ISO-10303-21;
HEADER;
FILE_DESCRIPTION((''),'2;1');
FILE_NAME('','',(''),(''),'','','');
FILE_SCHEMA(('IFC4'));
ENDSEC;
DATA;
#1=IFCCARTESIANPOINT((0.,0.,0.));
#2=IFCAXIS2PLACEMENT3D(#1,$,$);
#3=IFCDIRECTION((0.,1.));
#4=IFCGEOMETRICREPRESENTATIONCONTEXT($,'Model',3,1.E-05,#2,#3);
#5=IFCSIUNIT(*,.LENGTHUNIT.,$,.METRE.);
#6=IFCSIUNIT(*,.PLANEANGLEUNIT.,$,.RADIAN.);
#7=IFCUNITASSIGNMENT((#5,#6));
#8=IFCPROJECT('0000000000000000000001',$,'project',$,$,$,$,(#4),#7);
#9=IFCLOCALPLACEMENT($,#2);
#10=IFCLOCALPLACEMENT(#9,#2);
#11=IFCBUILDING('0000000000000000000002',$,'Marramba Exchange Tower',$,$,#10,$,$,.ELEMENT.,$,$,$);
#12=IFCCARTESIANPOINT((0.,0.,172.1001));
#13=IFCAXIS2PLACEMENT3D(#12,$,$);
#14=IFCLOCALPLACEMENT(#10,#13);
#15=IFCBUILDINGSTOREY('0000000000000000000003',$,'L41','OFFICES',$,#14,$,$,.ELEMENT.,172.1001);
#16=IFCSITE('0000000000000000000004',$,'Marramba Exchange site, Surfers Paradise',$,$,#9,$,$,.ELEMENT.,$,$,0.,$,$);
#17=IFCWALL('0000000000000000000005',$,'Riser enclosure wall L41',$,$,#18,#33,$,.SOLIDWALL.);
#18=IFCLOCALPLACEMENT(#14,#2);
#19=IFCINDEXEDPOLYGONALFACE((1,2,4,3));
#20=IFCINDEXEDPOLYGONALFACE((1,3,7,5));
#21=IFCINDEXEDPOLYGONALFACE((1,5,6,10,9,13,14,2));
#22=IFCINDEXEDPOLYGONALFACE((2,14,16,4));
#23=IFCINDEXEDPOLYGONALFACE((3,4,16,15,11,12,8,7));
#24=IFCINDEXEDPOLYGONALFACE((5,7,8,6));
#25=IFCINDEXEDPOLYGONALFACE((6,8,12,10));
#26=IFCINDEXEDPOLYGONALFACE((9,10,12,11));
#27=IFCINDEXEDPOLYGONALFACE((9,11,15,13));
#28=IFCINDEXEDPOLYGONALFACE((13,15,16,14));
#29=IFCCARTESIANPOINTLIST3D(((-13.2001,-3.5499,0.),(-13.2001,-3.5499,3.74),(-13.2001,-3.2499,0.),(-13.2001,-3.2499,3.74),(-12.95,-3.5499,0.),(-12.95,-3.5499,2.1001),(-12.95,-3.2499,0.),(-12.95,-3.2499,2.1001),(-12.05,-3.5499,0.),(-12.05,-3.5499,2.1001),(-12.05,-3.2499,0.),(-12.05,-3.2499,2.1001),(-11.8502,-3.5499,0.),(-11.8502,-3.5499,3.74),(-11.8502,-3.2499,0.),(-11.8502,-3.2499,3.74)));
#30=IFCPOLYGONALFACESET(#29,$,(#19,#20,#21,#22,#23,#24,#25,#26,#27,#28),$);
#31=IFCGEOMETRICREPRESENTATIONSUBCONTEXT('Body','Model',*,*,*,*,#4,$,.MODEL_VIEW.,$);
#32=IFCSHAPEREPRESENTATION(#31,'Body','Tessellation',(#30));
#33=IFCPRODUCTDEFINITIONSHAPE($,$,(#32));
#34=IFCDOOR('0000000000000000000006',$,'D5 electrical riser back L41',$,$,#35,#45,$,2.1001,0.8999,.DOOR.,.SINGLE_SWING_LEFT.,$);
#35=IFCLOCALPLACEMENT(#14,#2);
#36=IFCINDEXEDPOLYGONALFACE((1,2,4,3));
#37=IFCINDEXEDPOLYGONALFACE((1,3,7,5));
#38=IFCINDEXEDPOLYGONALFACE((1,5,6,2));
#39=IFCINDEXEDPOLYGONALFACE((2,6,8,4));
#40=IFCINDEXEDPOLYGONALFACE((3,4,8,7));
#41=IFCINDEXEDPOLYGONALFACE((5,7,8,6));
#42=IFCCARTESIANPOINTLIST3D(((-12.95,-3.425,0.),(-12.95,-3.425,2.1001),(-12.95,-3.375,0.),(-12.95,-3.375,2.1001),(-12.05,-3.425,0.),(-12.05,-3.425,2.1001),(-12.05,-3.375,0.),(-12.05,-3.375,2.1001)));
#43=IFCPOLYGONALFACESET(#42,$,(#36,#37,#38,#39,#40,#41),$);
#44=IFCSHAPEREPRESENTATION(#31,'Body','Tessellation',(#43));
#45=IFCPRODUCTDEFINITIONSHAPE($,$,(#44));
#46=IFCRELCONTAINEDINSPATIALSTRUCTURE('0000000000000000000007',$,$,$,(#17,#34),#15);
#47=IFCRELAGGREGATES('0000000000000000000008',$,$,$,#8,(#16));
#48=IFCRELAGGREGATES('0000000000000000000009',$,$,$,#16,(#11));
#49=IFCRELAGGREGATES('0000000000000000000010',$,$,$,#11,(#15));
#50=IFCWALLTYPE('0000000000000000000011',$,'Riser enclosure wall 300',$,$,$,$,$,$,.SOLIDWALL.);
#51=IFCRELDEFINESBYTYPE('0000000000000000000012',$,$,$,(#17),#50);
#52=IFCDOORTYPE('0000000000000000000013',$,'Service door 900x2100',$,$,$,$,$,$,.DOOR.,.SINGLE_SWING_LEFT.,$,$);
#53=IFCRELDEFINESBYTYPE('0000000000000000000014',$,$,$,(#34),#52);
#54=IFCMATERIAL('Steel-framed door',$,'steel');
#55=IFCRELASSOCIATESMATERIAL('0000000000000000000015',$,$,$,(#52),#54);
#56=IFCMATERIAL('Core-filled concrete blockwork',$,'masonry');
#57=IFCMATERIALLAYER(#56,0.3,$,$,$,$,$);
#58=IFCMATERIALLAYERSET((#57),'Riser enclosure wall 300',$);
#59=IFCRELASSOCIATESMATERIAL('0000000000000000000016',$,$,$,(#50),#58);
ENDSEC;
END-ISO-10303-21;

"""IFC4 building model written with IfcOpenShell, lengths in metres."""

from ifc_helpers import new_model, si_unit, direction, frame, frame_2d, origin, place, context, subcontext, project, spatial, rectangle, extrude, material, layer, layer_set, type_object, element, fill, save


model = new_model("IFC4")

# Units and contexts
model_context = context("Model", 3, precision=1e-05, world=origin(), true_north=direction((0.0, 1.0)))
body_context = subcontext(model_context, "Body", "Model", "MODEL_VIEW")
ifc_project = project(units=[si_unit("LENGTHUNIT", "METRE"), si_unit("PLANEANGLEUNIT", "RADIAN")], contexts=[model_context])

# Site, building, storey
site_placement = place(None, origin())
site = spatial("IfcSite", under=ifc_project, at=site_placement, Name="Marramba Exchange site, Surfers Paradise", CompositionType="ELEMENT", RefElevation=0.0)
building_placement = place(site_placement, origin())
building = spatial("IfcBuilding", under=site, at=building_placement, Name="Marramba Exchange Tower", CompositionType="ELEMENT")
storey_placement = place(building_placement, frame((0.0, 0.0, 172.1001)))
storey = spatial("IfcBuildingStorey", under=building, at=storey_placement, Name="L41", Description="OFFICES", CompositionType="ELEMENT", Elevation=172.1001)

# Shared definitions
ifc_material_1 = material(Name="Steel-framed door", Category="steel")
door_type_1 = type_object("IfcDoorType", Name="Service door 900x2100", OperationType="SINGLE_SWING_LEFT", PredefinedType="DOOR", material=ifc_material_1)

# Wall, opening, door
ifc_material_2 = material(Name="Core-filled concrete blockwork", Category="masonry")
ifc_layer_1 = layer(ifc_material_2, 0.3)
ifc_layer_set_1 = layer_set([ifc_layer_1], Name="Riser enclosure wall 300")
wall_type_1 = type_object("IfcWallType", Name="Riser enclosure wall 300", PredefinedType="SOLIDWALL", material=ifc_layer_set_1)
wall_1_placement = place(storey_placement, frame((-13.2, -3.3999, 0.0), z_axis=(0.0, 0.0, 1.0), x_axis=(1.0, 0.0, 0.0)))
wall_1 = element("IfcWall", 1, at=wall_1_placement, inside=storey, type_object=wall_type_1, Name="Riser enclosure wall L41", PredefinedType="SOLIDWALL", context=body_context, shape_type="SweptSolid", body=[
    extrude(rectangle(XDim=1.3499, YDim=0.3, at=frame_2d((0.6748, 0.0))), origin(), (0.0, 0.0, 1.0), 3.74),
])
opening_1_placement = place(wall_1_placement, frame((0.25, 0.0, 0.0)))
opening_1 = element("IfcOpeningElement", 2, at=opening_1_placement, cuts=wall_1, PredefinedType="OPENING", context=body_context, shape_type="SweptSolid", body=[
    extrude(rectangle(XDim=0.8999, YDim=2.1001, at=frame_2d((0.45, 1.05))), frame((0.0, 0.1599, 0.0), z_axis=(0.0, -1.0, 0.0), x_axis=(1.0, 0.0, 0.0)), (0.0, 0.0, 1.0), 0.3201),
])
door_1_placement = place(opening_1_placement, frame((0.8999, 0.0, 0.0), z_axis=(0.0, 0.0, 1.0), x_axis=(-1.0, 0.0, 0.0)))
door_1 = element("IfcDoor", 3, at=door_1_placement, inside=storey, type_object=door_type_1, Name="D5 electrical riser back L41", OperationType="SINGLE_SWING_LEFT", OverallHeight=2.1001, OverallWidth=0.8999, PredefinedType="DOOR", context=body_context, shape_type="SweptSolid", body=[
    extrude(rectangle(XDim=0.8999, YDim=2.1001, at=frame_2d((0.45, 1.05))), frame((0.0, 0.0251, 0.0), z_axis=(0.0, -1.0, 0.0), x_axis=(1.0, 0.0, 0.0)), (0.0, 0.0, 1.0), 0.05),
])
fill(opening_1, door_1)

save(model, "model.ifc")
